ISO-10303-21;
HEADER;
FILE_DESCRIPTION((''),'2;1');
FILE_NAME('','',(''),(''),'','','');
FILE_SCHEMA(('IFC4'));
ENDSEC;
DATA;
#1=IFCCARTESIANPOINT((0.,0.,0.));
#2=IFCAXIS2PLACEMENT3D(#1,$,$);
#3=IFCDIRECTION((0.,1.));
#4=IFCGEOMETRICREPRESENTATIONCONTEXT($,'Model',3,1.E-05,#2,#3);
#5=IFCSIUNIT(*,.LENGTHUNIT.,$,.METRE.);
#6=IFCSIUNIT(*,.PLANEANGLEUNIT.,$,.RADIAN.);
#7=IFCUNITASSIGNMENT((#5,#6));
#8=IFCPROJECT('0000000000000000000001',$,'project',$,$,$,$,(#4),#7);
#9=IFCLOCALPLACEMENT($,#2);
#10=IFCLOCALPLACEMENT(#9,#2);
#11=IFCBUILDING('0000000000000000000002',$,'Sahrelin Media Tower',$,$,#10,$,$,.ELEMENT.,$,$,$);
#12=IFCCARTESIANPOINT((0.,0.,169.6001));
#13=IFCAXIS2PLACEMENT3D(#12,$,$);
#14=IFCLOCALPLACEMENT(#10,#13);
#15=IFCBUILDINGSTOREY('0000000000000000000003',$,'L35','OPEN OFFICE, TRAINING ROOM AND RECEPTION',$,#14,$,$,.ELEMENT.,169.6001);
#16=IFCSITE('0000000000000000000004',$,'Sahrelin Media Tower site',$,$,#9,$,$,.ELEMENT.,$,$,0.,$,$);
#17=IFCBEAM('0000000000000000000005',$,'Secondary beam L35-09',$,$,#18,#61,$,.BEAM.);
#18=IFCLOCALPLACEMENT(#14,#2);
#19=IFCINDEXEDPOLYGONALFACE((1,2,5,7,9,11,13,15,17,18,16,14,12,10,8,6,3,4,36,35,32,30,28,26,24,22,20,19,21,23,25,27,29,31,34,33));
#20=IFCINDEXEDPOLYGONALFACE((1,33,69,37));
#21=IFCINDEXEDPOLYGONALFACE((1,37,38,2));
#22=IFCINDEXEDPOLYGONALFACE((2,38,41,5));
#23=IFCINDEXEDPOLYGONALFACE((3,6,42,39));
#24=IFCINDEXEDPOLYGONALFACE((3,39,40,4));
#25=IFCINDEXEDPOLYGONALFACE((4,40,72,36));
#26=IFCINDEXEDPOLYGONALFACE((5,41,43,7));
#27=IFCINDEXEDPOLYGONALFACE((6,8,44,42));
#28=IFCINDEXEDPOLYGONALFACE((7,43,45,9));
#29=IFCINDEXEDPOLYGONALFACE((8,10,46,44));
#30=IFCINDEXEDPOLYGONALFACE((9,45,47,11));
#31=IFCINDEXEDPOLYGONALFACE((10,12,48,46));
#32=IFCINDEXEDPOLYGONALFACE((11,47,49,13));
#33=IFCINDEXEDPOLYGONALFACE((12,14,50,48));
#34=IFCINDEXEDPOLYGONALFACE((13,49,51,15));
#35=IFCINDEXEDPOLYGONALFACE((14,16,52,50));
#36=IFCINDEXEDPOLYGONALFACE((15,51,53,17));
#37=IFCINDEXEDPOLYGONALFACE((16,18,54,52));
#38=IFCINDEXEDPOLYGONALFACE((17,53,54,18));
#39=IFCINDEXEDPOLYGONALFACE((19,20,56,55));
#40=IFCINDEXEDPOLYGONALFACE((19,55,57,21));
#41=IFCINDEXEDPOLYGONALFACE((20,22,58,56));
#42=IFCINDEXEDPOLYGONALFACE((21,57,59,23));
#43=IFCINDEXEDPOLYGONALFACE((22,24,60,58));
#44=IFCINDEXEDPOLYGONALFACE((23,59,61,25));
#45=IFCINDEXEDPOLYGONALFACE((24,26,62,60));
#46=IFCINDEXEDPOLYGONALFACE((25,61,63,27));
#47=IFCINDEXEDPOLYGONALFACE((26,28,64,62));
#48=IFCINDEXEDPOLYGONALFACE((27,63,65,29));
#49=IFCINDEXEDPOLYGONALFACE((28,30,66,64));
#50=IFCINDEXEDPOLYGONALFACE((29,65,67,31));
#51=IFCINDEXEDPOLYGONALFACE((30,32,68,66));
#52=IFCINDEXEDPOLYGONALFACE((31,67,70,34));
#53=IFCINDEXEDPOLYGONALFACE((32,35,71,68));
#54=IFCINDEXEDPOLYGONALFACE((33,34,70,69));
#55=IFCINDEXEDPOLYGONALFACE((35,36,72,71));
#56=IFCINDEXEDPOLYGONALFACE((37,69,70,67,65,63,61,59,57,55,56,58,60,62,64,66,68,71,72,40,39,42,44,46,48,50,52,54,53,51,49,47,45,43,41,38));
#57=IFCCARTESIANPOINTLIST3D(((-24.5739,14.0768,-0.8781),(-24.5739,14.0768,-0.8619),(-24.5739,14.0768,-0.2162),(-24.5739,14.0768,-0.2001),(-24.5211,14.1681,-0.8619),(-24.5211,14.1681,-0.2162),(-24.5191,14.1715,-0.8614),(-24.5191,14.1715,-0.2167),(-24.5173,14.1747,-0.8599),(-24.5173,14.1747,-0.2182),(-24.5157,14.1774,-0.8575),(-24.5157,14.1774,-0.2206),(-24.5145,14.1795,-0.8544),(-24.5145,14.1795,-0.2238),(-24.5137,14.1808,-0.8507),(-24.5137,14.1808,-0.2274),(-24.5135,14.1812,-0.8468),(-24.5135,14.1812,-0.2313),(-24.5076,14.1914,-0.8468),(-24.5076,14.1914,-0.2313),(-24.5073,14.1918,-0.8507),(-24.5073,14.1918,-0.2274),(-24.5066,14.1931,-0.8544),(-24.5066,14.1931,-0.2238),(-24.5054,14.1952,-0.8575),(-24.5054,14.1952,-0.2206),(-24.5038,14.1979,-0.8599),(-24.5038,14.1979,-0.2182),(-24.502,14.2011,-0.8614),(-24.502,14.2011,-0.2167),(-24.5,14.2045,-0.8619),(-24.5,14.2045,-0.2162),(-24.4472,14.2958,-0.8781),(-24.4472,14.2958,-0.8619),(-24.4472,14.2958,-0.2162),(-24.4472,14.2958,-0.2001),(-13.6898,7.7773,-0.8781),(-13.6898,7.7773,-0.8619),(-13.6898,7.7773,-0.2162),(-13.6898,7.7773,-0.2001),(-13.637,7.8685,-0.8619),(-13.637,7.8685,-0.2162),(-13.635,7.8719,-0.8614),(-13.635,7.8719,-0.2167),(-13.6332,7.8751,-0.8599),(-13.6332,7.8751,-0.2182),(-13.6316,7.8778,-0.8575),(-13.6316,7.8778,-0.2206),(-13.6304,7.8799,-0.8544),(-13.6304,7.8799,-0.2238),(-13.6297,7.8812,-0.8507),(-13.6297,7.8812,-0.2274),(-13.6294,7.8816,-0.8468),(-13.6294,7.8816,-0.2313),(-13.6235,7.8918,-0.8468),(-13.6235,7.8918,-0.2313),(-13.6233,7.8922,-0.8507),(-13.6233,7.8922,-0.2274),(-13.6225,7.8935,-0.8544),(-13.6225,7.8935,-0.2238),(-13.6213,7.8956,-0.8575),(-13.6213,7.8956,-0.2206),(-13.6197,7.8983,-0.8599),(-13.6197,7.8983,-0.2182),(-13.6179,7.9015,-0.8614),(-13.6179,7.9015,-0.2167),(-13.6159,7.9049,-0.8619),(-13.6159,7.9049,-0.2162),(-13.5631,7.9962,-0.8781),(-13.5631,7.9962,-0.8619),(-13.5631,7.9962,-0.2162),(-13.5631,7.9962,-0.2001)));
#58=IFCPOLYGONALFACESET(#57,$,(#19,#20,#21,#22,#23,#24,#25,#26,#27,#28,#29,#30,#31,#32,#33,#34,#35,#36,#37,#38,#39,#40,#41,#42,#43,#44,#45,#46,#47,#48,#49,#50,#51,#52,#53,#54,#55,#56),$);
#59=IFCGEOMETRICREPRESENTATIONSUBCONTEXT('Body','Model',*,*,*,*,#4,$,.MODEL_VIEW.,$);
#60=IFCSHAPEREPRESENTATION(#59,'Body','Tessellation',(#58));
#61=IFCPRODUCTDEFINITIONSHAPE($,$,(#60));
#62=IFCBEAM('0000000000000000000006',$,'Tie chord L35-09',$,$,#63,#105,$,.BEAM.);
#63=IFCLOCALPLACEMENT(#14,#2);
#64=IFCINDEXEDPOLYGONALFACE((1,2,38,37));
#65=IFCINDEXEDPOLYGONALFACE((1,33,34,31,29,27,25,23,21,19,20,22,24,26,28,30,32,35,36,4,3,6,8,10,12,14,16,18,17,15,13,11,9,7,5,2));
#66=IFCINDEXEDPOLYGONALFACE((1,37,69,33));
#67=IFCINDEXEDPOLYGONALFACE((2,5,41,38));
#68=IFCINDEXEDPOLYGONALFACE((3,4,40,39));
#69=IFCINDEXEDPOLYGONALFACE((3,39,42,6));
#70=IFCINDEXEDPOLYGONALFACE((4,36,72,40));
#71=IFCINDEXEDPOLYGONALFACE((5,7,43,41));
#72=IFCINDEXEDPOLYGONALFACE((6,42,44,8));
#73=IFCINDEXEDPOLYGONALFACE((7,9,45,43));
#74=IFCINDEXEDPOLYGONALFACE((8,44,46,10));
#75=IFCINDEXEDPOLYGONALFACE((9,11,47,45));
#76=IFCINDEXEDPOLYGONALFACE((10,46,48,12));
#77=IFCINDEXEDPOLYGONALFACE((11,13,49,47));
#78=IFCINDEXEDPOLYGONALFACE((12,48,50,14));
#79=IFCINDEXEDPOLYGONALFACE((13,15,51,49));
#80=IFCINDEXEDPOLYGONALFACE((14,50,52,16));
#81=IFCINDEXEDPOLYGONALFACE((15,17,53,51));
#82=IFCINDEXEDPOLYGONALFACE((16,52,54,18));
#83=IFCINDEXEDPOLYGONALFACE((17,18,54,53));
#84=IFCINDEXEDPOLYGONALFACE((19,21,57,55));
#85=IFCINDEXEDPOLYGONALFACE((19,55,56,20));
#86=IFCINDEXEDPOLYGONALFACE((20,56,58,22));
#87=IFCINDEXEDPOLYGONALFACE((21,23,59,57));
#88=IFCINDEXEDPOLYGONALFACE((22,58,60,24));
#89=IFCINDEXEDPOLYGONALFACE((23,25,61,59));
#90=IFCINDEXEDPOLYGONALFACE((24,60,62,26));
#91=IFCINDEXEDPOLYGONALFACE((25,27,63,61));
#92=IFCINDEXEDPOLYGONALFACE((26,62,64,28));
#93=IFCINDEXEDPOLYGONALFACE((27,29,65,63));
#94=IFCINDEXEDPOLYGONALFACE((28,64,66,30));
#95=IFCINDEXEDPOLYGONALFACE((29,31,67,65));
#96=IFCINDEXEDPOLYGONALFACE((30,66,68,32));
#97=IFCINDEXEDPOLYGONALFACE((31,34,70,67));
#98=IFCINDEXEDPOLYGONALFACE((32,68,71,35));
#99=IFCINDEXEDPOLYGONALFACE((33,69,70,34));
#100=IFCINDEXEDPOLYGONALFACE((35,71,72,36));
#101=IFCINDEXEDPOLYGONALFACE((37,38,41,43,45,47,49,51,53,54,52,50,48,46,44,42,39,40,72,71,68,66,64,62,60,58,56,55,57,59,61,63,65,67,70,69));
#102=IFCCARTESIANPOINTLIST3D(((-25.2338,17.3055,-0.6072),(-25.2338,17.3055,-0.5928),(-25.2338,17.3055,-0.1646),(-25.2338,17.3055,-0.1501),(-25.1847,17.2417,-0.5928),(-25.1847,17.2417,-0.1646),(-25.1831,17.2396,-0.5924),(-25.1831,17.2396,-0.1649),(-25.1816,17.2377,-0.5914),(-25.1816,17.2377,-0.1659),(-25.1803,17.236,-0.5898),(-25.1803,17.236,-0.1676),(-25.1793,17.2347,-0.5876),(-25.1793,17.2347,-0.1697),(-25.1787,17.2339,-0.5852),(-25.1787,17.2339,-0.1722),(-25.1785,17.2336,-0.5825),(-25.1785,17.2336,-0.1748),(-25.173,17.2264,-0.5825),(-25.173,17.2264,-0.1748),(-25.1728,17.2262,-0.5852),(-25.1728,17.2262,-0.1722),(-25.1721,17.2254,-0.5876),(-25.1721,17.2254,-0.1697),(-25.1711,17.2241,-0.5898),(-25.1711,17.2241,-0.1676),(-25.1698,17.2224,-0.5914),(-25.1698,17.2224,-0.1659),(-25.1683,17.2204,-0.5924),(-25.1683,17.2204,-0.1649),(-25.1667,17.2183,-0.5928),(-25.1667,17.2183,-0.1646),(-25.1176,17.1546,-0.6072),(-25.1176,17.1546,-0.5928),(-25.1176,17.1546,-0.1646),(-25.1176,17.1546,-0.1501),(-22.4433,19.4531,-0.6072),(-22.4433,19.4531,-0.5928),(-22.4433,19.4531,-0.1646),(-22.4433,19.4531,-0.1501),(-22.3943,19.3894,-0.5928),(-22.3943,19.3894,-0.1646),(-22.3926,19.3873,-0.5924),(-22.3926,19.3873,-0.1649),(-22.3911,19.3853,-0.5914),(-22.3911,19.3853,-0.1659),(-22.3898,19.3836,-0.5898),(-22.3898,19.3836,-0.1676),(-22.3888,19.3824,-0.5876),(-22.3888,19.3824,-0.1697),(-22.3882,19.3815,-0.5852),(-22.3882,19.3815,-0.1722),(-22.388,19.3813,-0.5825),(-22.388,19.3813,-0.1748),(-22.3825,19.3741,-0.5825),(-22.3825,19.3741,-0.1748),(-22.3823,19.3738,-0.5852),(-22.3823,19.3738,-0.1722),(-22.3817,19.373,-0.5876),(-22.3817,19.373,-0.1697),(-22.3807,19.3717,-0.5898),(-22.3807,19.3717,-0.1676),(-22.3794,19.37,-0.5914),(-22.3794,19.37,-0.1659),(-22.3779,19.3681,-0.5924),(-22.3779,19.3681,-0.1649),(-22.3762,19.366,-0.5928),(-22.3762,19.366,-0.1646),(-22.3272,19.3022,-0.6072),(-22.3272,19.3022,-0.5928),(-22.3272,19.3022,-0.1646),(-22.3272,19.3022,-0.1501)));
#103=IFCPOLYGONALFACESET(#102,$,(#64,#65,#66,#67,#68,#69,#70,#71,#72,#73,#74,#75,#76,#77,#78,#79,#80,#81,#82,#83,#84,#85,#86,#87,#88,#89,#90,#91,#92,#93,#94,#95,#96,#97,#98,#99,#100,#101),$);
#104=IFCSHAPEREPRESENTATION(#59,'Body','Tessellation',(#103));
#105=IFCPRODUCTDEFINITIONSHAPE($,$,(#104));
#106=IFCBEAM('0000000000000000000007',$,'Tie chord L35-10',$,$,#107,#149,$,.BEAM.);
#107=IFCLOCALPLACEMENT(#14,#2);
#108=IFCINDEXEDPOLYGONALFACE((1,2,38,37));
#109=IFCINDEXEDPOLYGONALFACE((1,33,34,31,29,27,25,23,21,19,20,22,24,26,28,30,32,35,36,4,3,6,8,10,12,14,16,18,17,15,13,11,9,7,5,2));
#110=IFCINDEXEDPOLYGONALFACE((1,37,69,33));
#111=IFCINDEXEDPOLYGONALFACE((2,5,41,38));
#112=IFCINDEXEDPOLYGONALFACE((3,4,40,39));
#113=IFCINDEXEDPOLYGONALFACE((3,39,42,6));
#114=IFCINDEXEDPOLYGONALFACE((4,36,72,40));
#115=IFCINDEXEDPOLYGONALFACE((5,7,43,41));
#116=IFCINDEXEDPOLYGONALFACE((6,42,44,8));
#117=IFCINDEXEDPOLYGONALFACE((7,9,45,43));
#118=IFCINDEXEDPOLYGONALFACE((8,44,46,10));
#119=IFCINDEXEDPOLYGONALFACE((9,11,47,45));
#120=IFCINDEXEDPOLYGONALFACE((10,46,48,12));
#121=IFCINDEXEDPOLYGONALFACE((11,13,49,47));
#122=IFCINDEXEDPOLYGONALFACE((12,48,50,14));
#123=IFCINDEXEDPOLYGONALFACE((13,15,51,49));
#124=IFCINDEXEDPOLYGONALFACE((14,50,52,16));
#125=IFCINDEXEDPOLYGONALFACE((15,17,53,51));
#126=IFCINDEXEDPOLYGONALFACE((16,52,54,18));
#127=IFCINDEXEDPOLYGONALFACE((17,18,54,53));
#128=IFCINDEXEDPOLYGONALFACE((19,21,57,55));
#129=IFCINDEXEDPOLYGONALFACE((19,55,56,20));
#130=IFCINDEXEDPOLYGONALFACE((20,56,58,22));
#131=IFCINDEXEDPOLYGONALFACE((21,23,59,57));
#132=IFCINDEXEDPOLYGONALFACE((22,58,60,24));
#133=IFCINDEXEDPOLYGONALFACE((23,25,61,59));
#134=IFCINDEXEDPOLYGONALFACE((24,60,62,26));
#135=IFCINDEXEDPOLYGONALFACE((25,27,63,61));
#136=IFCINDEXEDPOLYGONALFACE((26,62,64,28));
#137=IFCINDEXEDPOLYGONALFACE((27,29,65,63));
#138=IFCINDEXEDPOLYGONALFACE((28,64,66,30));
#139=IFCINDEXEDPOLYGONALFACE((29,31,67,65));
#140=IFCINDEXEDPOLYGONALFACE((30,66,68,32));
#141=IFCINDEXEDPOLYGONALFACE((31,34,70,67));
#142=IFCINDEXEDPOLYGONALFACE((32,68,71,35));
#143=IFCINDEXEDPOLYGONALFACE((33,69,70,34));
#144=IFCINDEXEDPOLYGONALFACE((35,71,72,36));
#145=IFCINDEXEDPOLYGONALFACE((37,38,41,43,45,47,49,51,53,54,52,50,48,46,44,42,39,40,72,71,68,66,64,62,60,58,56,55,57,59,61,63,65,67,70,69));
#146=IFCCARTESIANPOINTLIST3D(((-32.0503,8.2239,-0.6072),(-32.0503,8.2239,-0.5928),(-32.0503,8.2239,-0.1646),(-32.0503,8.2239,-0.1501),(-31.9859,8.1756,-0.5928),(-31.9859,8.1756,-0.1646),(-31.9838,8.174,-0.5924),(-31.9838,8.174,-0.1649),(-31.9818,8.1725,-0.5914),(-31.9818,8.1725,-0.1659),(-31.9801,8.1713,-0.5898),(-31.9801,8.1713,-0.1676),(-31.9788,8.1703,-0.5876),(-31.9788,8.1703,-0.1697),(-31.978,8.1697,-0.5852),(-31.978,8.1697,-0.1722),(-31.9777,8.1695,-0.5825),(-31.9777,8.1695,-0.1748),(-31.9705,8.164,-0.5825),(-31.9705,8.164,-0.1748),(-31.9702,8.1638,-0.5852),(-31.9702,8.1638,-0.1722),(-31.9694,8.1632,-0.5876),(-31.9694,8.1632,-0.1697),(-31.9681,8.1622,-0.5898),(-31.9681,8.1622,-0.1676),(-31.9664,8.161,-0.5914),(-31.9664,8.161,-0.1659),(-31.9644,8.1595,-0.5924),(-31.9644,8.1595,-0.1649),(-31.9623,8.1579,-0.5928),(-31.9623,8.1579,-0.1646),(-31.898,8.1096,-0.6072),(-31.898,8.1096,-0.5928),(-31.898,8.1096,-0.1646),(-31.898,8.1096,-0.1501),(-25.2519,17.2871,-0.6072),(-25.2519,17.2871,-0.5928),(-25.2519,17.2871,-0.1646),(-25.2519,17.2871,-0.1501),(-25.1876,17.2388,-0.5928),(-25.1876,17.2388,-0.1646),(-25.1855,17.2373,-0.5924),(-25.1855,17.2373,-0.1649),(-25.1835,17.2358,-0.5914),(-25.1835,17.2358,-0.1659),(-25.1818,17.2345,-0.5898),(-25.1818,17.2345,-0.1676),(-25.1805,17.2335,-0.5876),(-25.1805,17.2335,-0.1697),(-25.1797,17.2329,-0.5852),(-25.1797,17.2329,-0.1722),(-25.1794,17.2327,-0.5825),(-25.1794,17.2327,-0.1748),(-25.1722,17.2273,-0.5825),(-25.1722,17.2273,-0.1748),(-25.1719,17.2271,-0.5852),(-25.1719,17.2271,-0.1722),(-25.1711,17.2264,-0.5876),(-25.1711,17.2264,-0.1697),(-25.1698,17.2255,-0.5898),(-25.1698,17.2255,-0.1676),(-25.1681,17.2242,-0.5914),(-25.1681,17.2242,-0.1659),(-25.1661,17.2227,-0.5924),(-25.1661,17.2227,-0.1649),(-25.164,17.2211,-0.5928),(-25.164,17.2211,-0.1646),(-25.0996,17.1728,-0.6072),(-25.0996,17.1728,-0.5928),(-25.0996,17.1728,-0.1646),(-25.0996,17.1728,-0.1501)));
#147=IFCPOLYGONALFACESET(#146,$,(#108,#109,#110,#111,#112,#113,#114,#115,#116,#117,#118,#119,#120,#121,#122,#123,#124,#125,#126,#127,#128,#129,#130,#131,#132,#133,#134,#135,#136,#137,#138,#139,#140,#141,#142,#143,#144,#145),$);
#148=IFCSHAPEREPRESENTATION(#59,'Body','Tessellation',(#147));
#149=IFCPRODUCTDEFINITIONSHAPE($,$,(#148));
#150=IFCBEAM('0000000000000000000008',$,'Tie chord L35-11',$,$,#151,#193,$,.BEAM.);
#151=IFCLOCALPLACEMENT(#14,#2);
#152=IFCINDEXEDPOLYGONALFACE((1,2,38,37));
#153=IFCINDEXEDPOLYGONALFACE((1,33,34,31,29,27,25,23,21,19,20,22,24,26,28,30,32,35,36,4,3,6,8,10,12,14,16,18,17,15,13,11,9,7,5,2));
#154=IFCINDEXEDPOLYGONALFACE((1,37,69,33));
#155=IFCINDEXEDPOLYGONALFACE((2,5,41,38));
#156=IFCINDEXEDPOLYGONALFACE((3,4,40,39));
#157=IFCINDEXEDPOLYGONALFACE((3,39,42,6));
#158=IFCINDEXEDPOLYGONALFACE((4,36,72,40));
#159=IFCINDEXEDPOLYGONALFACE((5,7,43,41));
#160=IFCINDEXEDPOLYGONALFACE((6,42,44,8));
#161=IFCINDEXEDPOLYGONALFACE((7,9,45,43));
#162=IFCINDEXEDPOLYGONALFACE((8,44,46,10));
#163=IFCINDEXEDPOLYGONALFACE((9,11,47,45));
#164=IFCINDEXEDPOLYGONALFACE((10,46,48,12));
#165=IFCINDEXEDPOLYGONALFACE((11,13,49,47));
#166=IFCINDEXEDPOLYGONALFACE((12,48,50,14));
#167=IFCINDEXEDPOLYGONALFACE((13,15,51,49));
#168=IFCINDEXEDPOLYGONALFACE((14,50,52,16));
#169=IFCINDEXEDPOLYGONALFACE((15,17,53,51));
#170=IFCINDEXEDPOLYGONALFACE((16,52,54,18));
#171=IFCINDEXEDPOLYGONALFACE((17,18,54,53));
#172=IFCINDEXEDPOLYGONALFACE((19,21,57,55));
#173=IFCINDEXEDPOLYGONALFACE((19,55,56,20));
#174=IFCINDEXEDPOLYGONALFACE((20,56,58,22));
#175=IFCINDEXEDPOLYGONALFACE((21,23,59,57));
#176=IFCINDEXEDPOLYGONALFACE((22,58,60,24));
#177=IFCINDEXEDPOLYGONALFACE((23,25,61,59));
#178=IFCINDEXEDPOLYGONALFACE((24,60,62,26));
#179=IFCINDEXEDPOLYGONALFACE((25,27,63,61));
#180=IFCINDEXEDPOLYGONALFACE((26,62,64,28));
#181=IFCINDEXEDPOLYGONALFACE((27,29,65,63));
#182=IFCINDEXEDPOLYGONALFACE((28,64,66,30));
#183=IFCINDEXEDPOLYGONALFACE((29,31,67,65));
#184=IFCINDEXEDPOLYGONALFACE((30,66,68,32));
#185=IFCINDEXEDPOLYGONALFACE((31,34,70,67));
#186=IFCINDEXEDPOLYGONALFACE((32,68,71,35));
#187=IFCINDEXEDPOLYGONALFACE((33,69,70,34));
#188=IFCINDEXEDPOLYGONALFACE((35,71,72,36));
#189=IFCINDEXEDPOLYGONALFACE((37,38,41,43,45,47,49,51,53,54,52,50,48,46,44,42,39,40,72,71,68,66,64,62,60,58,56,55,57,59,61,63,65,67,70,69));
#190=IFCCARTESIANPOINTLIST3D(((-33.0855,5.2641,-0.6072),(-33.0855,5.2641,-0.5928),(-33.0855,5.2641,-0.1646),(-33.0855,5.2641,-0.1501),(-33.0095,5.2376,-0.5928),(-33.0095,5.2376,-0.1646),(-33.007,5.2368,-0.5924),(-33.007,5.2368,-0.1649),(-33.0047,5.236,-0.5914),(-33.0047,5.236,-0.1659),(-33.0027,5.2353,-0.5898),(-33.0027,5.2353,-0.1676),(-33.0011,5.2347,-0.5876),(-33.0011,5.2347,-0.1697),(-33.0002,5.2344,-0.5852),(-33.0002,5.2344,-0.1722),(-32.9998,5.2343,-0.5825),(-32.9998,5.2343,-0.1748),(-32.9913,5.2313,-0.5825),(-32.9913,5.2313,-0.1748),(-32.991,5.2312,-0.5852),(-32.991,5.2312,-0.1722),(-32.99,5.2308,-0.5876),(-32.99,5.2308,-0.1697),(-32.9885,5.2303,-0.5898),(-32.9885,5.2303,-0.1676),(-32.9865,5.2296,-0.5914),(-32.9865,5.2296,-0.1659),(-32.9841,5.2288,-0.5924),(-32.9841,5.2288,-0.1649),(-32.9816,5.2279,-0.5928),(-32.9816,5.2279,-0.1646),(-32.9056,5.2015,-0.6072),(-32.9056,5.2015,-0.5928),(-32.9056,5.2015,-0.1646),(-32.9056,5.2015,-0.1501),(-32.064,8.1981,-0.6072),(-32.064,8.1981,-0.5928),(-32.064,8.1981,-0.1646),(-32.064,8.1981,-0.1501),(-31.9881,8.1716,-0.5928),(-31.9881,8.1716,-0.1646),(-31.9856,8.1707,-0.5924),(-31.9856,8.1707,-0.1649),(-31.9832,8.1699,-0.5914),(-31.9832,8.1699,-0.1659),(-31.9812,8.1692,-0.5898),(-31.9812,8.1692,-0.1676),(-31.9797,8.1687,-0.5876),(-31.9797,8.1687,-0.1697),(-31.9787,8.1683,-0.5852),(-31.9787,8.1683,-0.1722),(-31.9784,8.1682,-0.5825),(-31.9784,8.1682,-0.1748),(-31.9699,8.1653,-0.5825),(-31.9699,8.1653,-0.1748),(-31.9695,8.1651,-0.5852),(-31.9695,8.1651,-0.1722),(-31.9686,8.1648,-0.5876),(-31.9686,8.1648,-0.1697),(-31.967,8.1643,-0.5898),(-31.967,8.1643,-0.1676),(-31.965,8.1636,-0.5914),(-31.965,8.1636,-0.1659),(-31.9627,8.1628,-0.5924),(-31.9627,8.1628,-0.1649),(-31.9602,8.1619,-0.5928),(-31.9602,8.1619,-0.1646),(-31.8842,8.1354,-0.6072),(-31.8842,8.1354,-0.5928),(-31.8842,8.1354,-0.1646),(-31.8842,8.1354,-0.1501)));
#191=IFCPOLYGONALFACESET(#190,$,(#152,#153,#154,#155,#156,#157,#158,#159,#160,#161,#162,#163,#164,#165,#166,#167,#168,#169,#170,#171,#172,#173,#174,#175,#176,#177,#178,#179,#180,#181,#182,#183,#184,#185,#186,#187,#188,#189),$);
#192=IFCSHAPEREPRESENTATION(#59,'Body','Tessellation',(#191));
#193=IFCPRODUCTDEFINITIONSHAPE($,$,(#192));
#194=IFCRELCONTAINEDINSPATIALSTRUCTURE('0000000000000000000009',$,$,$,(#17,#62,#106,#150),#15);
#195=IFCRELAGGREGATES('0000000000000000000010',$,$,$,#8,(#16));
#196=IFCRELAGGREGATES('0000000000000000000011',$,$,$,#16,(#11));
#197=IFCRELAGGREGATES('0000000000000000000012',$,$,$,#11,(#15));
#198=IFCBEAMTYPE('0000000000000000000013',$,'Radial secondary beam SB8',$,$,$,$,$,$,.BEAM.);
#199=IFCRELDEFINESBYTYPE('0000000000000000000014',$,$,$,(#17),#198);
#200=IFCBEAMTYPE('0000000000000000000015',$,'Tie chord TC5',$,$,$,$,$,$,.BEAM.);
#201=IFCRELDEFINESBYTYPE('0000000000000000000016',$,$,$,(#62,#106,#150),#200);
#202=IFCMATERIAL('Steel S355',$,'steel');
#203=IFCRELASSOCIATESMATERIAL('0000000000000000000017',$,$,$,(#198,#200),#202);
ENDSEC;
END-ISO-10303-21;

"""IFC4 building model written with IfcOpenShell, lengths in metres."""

from ifc_helpers import new_model, si_unit, direction, frame, origin, origin_2d, place, context, subcontext, project, spatial, i_section, extrude, material, material_profile, profile_set, type_object, element, save


model = new_model("IFC4")

# Units and contexts
model_context = context("Model", 3, precision=1e-05, world=origin(), true_north=direction((0.0, 1.0)))
body_context = subcontext(model_context, "Body", "Model", "MODEL_VIEW")
ifc_project = project(units=[si_unit("LENGTHUNIT", "METRE"), si_unit("PLANEANGLEUNIT", "RADIAN")], contexts=[model_context])

# Site, building, storey
site_placement = place(None, origin())
site = spatial("IfcSite", under=ifc_project, at=site_placement, Name="Sahrelin Media Tower site", CompositionType="ELEMENT", RefElevation=0.0)
building_placement = place(site_placement, origin())
building = spatial("IfcBuilding", under=site, at=building_placement, Name="Sahrelin Media Tower", CompositionType="ELEMENT")
storey_placement = place(building_placement, frame((0.0, 0.0, 169.6001)))
storey = spatial("IfcBuildingStorey", under=building, at=storey_placement, Name="L35", Description="OPEN OFFICE, TRAINING ROOM AND RECEPTION", CompositionType="ELEMENT", Elevation=169.6001)

# Beams
ifc_material_1 = material(Name="Steel S355", Category="steel")
ifc_material_profile_1 = material_profile(ifc_material_1, i_section(OverallWidth=0.2529, OverallDepth=0.678, WebThickness=0.0117, FlangeThickness=0.0161, FilletRadius=0.0151, at=origin_2d()), Name="UB 686x254x125")
ifc_profile_set_1 = profile_set([ifc_material_profile_1], Name="Steel S355")
beam_type_1 = type_object("IfcBeamType", Name="Radial secondary beam SB8", PredefinedType="BEAM", material=ifc_profile_set_1)
beam_1_placement = place(storey_placement, frame((-13.6265, 7.8867, -0.5391), z_axis=(-0.865486, 0.500934, 0.0), x_axis=(-0.500934, -0.865486, 0.0)))
element("IfcBeam", 1, at=beam_1_placement, inside=storey, type_object=beam_type_1, Name="Secondary beam L35-09", PredefinedType="BEAM", context=body_context, shape_type="SweptSolid", body=[
    extrude(i_section(OverallWidth=0.2529, OverallDepth=0.678, WebThickness=0.0117, FlangeThickness=0.0161, FilletRadius=0.0151, at=origin_2d()), origin(), (0.0, 0.0, 1.0), 12.5757),
])
ifc_material_profile_2 = material_profile(ifc_material_1, i_section(OverallWidth=0.1904, OverallDepth=0.457, WebThickness=0.009, FlangeThickness=0.0144, FilletRadius=0.0103, at=origin_2d()), Name="UB 457x191x74")
ifc_profile_set_2 = profile_set([ifc_material_profile_2], Name="Steel S355")
beam_type_2 = type_object("IfcBeamType", Name="Tie chord TC5", PredefinedType="BEAM", material=ifc_profile_set_2)
beam_2_placement = place(storey_placement, frame((-22.3853, 19.3777, -0.3787), z_axis=(-0.792467, -0.609915, 0.0), x_axis=(0.609915, -0.792467, 0.0)))
element("IfcBeam", 2, at=beam_2_placement, inside=storey, type_object=beam_type_2, Name="Tie chord L35-09", PredefinedType="BEAM", context=body_context, shape_type="SweptSolid", body=[
    extrude(i_section(OverallWidth=0.1904, OverallDepth=0.457, WebThickness=0.009, FlangeThickness=0.0144, FilletRadius=0.0103, at=origin_2d()), origin(), (0.0, 0.0, 1.0), 3.5212),
])
beam_3_placement = place(storey_placement, frame((-25.1758, 17.23, -0.3787), z_axis=(-0.600052, -0.799961, 0.0), x_axis=(0.799961, -0.600052, 0.0)))
element("IfcBeam", 3, at=beam_3_placement, inside=storey, type_object=beam_type_2, Name="Tie chord L35-10", PredefinedType="BEAM", context=body_context, shape_type="SweptSolid", body=[
    extrude(i_section(OverallWidth=0.1904, OverallDepth=0.457, WebThickness=0.009, FlangeThickness=0.0144, FilletRadius=0.0103, at=origin_2d()), origin(), (0.0, 0.0, 1.0), 11.3296),
])
beam_4_placement = place(storey_placement, frame((-31.9741, 8.1667, -0.3787), z_axis=(-0.328789, -0.944403, 0.0), x_axis=(0.944403, -0.328789, 0.0)))
element("IfcBeam", 4, at=beam_4_placement, inside=storey, type_object=beam_type_2, Name="Tie chord L35-11", PredefinedType="BEAM", context=body_context, shape_type="SweptSolid", body=[
    extrude(i_section(OverallWidth=0.1904, OverallDepth=0.457, WebThickness=0.009, FlangeThickness=0.0144, FilletRadius=0.0103, at=origin_2d()), origin(), (0.0, 0.0, 1.0), 3.1067),
])

save(model, "model.ifc")
